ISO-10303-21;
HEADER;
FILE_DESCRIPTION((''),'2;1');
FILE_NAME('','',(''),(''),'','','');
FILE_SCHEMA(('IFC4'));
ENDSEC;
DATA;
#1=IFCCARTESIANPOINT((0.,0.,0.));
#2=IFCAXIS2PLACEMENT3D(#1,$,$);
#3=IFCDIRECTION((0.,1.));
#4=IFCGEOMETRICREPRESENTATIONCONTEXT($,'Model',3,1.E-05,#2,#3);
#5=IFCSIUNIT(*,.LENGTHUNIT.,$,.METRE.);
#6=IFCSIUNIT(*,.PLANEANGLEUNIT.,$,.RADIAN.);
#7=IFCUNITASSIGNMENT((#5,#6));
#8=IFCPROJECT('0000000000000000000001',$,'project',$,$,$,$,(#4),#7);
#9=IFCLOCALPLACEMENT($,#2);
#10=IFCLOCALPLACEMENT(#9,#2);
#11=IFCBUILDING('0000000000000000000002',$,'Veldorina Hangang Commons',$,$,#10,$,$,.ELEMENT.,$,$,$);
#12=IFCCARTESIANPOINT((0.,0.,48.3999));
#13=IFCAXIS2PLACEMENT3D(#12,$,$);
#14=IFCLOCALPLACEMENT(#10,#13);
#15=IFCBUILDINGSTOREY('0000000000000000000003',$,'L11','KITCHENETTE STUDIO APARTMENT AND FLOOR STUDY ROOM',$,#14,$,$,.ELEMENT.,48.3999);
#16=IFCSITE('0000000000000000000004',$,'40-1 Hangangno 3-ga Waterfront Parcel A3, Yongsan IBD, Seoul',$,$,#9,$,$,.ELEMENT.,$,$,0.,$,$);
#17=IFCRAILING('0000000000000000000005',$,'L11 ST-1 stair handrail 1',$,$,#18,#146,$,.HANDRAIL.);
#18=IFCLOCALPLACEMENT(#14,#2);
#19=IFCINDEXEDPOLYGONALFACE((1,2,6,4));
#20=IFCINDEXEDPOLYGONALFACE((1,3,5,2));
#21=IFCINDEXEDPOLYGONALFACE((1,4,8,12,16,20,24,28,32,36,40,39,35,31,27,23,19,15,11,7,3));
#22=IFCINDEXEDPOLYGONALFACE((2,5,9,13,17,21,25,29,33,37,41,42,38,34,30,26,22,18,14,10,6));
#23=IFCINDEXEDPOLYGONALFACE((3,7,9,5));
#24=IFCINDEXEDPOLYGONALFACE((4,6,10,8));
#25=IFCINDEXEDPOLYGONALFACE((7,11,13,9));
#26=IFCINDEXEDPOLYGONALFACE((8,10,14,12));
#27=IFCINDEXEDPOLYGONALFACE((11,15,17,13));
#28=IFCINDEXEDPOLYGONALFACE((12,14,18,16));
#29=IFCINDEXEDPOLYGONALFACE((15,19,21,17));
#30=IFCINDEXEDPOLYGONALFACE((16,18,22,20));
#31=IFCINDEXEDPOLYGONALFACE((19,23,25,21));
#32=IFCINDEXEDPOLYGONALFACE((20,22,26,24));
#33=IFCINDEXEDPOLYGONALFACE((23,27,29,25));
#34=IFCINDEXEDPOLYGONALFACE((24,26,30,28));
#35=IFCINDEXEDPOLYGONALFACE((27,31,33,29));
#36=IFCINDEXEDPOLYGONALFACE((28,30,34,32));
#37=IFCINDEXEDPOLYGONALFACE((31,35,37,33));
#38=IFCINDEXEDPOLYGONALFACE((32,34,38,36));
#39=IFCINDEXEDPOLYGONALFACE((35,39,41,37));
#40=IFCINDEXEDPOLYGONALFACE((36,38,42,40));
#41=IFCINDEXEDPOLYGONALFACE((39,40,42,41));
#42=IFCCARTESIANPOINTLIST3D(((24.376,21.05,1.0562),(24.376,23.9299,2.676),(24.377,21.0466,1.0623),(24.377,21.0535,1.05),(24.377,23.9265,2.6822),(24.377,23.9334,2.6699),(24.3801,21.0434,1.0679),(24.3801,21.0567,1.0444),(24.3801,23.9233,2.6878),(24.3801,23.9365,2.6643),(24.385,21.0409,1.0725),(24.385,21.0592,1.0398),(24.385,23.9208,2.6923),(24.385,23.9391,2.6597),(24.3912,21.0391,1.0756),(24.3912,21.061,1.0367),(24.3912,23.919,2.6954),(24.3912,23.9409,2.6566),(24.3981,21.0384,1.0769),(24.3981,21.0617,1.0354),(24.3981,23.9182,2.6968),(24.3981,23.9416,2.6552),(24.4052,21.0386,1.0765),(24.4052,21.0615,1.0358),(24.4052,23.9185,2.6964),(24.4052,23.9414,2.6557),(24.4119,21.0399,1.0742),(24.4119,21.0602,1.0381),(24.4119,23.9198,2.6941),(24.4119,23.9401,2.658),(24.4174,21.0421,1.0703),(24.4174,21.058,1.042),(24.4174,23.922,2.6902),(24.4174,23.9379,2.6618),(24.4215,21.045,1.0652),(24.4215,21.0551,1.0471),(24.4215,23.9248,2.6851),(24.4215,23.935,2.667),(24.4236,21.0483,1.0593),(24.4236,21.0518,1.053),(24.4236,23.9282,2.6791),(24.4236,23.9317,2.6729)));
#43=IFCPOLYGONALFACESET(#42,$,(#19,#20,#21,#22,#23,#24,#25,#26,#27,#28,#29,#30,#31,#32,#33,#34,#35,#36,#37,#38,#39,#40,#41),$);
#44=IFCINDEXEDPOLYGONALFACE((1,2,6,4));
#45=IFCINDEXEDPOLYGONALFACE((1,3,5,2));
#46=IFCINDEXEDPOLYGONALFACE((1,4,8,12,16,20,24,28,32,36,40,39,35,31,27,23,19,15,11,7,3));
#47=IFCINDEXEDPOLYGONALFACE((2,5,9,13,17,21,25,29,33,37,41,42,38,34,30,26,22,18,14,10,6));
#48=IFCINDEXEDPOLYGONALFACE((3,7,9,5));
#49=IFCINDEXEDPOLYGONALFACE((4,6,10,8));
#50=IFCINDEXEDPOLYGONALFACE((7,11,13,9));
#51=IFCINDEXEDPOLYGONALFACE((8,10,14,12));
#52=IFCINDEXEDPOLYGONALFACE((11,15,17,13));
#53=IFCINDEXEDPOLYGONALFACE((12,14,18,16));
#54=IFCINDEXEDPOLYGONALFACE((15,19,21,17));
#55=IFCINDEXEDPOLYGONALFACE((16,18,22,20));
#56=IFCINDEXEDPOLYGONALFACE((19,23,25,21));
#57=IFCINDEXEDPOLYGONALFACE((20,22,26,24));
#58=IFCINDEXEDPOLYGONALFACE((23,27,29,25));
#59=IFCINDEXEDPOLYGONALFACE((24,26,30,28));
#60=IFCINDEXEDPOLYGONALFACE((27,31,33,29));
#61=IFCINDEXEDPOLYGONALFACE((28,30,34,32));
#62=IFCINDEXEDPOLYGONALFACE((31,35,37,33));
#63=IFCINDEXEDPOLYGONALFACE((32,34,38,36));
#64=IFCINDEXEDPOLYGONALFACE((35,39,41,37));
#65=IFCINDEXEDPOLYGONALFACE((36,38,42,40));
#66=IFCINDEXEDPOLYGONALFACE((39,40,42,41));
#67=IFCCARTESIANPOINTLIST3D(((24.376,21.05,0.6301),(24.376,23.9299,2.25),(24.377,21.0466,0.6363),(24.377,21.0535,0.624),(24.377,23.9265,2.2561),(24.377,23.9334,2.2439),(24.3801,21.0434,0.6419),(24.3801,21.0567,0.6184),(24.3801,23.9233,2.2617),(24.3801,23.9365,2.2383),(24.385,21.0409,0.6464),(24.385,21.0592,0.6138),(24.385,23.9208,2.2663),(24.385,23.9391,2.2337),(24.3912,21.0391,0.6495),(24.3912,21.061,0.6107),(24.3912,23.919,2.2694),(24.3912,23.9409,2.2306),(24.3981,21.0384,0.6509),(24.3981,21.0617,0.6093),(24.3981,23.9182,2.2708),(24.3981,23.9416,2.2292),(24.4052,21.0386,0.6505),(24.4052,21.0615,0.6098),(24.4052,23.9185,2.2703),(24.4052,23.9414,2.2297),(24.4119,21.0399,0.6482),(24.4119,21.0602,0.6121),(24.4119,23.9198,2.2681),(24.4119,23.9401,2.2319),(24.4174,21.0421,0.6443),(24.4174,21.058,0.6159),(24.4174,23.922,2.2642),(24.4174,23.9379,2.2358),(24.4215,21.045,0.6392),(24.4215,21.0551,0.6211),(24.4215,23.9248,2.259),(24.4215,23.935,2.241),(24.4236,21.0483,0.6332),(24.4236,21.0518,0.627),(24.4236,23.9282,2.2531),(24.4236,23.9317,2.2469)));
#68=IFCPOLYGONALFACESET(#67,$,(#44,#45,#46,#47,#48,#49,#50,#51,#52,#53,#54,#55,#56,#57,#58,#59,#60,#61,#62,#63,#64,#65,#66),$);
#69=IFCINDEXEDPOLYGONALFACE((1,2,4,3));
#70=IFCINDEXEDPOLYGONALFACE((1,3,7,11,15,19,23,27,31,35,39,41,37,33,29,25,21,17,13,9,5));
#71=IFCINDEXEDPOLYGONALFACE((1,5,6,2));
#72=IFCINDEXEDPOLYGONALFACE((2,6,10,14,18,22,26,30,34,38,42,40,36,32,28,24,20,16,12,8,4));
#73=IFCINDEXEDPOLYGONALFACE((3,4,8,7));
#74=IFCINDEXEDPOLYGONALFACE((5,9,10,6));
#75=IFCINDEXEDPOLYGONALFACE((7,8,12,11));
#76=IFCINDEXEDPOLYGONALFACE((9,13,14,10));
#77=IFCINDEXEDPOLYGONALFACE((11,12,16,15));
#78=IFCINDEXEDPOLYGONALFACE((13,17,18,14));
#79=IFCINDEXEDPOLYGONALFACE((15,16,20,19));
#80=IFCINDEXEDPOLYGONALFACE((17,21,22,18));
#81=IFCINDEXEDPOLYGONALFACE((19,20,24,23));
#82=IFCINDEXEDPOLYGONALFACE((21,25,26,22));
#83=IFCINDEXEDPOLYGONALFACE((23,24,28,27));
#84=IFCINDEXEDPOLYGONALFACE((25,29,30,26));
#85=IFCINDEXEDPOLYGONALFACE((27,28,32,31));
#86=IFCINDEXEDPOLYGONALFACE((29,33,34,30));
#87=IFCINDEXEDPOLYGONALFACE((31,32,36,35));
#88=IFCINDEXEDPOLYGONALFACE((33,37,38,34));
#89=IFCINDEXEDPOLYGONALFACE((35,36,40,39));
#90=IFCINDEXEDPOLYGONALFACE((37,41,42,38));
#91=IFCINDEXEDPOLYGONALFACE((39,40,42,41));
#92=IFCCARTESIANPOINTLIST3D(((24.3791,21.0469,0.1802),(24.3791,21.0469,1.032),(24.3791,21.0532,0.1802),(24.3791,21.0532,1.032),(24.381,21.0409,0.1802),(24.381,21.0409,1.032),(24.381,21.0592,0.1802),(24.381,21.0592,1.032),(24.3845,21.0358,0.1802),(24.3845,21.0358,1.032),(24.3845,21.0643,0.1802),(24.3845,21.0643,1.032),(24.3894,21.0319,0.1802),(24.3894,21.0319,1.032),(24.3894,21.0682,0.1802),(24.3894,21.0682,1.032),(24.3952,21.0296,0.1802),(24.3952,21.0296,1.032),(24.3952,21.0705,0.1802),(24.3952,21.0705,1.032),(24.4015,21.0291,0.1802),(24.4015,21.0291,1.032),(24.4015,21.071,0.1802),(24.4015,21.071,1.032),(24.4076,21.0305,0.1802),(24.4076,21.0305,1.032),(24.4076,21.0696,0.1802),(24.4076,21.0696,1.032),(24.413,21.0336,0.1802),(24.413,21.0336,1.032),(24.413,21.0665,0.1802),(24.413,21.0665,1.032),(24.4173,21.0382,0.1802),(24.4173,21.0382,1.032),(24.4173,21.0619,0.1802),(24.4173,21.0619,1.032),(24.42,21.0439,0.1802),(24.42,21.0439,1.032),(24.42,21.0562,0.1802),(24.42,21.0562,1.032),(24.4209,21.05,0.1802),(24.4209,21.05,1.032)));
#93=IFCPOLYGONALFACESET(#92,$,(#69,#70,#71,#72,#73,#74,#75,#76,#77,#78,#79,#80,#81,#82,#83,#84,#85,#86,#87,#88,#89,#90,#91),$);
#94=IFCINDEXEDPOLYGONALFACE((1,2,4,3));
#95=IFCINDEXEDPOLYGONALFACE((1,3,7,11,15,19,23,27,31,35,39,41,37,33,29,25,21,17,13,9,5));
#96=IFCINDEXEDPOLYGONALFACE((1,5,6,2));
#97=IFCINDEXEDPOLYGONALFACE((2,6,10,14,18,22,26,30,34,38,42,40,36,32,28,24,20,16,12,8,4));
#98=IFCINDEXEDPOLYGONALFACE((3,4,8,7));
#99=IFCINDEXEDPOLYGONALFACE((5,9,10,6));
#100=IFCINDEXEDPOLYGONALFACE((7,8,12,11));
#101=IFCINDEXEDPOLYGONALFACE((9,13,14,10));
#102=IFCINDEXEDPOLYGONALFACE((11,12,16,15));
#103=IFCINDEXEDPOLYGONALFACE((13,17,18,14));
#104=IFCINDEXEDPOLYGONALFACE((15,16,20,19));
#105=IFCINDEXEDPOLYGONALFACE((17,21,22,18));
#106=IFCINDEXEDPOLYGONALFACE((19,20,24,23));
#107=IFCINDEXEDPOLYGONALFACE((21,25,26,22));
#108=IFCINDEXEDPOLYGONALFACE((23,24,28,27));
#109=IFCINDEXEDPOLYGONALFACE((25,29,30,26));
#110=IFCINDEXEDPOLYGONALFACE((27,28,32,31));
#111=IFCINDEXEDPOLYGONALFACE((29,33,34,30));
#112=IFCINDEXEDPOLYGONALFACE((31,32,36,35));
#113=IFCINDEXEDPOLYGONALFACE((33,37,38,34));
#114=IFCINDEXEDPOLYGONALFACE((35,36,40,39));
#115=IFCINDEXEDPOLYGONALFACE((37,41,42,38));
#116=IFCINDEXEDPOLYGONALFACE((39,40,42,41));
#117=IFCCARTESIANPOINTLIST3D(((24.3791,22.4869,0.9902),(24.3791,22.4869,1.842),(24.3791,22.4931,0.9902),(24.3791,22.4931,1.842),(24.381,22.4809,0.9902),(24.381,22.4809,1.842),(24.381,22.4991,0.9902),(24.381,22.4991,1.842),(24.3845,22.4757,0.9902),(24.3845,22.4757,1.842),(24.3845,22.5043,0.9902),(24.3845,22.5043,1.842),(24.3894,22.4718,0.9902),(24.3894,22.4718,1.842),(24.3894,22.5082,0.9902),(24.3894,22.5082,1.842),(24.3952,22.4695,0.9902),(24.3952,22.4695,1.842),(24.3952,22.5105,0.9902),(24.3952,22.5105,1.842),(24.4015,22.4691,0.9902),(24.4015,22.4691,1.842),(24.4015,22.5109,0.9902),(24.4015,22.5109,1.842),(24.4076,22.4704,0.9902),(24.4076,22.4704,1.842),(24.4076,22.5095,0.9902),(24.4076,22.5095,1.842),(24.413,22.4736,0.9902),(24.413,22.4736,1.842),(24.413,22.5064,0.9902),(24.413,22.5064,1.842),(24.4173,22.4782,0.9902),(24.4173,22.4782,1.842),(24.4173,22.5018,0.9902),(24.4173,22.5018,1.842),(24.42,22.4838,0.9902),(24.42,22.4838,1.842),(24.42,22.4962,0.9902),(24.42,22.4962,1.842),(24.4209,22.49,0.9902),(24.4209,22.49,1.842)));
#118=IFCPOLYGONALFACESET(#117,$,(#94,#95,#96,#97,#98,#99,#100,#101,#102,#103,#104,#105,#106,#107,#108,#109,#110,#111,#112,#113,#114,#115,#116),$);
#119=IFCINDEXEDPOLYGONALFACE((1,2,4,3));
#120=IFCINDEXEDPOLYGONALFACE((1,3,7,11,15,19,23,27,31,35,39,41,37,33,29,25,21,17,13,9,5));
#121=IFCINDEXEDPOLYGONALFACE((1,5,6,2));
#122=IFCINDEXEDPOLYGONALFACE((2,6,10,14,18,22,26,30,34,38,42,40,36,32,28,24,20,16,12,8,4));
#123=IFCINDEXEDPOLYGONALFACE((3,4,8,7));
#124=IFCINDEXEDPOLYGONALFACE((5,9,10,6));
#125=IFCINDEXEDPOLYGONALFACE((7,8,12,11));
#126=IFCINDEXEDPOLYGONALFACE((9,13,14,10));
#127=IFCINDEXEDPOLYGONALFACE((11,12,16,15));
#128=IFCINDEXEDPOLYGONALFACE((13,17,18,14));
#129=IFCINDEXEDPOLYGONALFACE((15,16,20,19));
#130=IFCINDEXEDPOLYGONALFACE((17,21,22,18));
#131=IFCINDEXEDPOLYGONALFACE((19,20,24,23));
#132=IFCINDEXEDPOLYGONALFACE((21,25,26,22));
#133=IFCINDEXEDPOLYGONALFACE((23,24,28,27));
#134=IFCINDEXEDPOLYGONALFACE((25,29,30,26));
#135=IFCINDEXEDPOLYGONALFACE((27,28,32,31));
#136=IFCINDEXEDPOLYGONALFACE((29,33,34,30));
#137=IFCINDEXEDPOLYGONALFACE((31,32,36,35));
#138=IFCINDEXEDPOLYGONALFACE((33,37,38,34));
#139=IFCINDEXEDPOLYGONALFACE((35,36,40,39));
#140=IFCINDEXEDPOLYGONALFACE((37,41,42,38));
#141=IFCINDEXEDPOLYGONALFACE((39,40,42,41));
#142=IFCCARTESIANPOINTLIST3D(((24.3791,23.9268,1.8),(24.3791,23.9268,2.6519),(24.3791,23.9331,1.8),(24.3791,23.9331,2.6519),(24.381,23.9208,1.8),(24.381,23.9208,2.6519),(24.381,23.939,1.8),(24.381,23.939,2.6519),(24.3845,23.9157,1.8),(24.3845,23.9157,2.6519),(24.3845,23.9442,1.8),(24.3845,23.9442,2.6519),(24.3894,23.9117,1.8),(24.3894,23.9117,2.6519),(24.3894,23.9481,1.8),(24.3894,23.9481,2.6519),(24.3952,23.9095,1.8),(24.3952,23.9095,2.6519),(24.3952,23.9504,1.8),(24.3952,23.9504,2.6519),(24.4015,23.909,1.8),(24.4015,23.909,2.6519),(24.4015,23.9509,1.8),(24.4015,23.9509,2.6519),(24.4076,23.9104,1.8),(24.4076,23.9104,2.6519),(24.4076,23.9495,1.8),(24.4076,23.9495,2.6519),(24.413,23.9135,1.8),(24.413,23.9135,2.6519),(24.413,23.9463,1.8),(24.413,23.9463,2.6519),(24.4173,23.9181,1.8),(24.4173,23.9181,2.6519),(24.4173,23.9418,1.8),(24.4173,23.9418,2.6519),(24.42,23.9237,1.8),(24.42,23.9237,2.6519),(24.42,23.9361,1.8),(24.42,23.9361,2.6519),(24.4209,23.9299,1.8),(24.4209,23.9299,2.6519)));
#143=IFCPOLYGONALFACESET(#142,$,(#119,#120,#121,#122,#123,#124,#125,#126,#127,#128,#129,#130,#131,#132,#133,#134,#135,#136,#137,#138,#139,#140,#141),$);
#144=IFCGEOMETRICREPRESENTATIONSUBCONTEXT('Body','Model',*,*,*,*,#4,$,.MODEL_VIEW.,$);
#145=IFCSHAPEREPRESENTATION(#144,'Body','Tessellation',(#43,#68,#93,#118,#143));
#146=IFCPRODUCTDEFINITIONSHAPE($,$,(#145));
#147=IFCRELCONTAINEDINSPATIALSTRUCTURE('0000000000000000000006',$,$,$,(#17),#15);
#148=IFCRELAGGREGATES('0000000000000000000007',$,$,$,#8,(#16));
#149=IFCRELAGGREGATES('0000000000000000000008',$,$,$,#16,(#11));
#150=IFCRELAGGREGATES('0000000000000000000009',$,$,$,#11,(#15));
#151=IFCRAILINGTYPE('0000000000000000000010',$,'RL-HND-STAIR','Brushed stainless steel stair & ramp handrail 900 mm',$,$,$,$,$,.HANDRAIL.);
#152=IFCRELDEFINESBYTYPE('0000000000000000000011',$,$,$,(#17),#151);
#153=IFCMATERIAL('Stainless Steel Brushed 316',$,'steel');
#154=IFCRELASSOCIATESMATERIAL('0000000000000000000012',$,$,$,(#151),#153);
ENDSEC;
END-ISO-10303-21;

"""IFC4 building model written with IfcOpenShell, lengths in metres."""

from ifc_helpers import new_model, si_unit, direction, frame, origin, origin_2d, place, context, subcontext, project, spatial, circle, extrude, material, type_object, element, save


model = new_model("IFC4")

# Units and contexts
model_context = context("Model", 3, precision=1e-05, world=origin(), true_north=direction((0.0, 1.0)))
body_context = subcontext(model_context, "Body", "Model", "MODEL_VIEW")
ifc_project = project(units=[si_unit("LENGTHUNIT", "METRE"), si_unit("PLANEANGLEUNIT", "RADIAN")], contexts=[model_context])

# Site, building, storey
site_placement = place(None, origin())
site = spatial("IfcSite", under=ifc_project, at=site_placement, Name="40-1 Hangangno 3-ga Waterfront Parcel A3, Yongsan IBD, Seoul", CompositionType="ELEMENT", RefElevation=0.0)
building_placement = place(site_placement, origin())
building = spatial("IfcBuilding", under=site, at=building_placement, Name="Veldorina Hangang Commons", CompositionType="ELEMENT")
storey_placement = place(building_placement, frame((0.0, 0.0, 48.3999)))
storey = spatial("IfcBuildingStorey", under=building, at=storey_placement, Name="L11", Description="KITCHENETTE STUDIO APARTMENT AND FLOOR STUDY ROOM", CompositionType="ELEMENT", Elevation=48.3999)

# Railing
ifc_material_1 = material(Name="Stainless Steel Brushed 316", Category="steel")
railing_type_1 = type_object("IfcRailingType", Name="RL-HND-STAIR", Description="Brushed stainless steel stair & ramp handrail 900 mm", PredefinedType="HANDRAIL", material=ifc_material_1)
railing_1_placement = place(storey_placement, frame((24.3999, 21.05, 0.1802)))
element("IfcRailing", 1, at=railing_1_placement, inside=storey, type_object=railing_type_1, Name="L11 ST-1 stair handrail 1", PredefinedType="HANDRAIL", context=body_context, shape_type="SweptSolid", body=[
    extrude(circle(Radius=0.0239, at=origin_2d()), frame((0.0, 0.0, 0.876), z_axis=(0.0, 0.871583, 0.490247), x_axis=(-1.0, 0.0, 0.0)), (0.0, 0.0, 1.0), 3.3042),
    extrude(circle(Radius=0.0239, at=origin_2d()), frame((0.0, 0.0, 0.45), z_axis=(0.0, 0.871583, 0.490247), x_axis=(-1.0, 0.0, 0.0)), (0.0, 0.0, 1.0), 3.3042),
    extrude(circle(Radius=0.021, at=origin_2d()), origin(), (0.0, 0.0, 1.0), 0.8518),
    extrude(circle(Radius=0.021, at=origin_2d()), frame((0.0, 1.4399, 0.8101)), (0.0, 0.0, 1.0), 0.8518),
    extrude(circle(Radius=0.021, at=origin_2d()), frame((0.0, 2.8799, 1.6199)), (0.0, 0.0, 1.0), 0.8518),
])

save(model, "model.ifc")
